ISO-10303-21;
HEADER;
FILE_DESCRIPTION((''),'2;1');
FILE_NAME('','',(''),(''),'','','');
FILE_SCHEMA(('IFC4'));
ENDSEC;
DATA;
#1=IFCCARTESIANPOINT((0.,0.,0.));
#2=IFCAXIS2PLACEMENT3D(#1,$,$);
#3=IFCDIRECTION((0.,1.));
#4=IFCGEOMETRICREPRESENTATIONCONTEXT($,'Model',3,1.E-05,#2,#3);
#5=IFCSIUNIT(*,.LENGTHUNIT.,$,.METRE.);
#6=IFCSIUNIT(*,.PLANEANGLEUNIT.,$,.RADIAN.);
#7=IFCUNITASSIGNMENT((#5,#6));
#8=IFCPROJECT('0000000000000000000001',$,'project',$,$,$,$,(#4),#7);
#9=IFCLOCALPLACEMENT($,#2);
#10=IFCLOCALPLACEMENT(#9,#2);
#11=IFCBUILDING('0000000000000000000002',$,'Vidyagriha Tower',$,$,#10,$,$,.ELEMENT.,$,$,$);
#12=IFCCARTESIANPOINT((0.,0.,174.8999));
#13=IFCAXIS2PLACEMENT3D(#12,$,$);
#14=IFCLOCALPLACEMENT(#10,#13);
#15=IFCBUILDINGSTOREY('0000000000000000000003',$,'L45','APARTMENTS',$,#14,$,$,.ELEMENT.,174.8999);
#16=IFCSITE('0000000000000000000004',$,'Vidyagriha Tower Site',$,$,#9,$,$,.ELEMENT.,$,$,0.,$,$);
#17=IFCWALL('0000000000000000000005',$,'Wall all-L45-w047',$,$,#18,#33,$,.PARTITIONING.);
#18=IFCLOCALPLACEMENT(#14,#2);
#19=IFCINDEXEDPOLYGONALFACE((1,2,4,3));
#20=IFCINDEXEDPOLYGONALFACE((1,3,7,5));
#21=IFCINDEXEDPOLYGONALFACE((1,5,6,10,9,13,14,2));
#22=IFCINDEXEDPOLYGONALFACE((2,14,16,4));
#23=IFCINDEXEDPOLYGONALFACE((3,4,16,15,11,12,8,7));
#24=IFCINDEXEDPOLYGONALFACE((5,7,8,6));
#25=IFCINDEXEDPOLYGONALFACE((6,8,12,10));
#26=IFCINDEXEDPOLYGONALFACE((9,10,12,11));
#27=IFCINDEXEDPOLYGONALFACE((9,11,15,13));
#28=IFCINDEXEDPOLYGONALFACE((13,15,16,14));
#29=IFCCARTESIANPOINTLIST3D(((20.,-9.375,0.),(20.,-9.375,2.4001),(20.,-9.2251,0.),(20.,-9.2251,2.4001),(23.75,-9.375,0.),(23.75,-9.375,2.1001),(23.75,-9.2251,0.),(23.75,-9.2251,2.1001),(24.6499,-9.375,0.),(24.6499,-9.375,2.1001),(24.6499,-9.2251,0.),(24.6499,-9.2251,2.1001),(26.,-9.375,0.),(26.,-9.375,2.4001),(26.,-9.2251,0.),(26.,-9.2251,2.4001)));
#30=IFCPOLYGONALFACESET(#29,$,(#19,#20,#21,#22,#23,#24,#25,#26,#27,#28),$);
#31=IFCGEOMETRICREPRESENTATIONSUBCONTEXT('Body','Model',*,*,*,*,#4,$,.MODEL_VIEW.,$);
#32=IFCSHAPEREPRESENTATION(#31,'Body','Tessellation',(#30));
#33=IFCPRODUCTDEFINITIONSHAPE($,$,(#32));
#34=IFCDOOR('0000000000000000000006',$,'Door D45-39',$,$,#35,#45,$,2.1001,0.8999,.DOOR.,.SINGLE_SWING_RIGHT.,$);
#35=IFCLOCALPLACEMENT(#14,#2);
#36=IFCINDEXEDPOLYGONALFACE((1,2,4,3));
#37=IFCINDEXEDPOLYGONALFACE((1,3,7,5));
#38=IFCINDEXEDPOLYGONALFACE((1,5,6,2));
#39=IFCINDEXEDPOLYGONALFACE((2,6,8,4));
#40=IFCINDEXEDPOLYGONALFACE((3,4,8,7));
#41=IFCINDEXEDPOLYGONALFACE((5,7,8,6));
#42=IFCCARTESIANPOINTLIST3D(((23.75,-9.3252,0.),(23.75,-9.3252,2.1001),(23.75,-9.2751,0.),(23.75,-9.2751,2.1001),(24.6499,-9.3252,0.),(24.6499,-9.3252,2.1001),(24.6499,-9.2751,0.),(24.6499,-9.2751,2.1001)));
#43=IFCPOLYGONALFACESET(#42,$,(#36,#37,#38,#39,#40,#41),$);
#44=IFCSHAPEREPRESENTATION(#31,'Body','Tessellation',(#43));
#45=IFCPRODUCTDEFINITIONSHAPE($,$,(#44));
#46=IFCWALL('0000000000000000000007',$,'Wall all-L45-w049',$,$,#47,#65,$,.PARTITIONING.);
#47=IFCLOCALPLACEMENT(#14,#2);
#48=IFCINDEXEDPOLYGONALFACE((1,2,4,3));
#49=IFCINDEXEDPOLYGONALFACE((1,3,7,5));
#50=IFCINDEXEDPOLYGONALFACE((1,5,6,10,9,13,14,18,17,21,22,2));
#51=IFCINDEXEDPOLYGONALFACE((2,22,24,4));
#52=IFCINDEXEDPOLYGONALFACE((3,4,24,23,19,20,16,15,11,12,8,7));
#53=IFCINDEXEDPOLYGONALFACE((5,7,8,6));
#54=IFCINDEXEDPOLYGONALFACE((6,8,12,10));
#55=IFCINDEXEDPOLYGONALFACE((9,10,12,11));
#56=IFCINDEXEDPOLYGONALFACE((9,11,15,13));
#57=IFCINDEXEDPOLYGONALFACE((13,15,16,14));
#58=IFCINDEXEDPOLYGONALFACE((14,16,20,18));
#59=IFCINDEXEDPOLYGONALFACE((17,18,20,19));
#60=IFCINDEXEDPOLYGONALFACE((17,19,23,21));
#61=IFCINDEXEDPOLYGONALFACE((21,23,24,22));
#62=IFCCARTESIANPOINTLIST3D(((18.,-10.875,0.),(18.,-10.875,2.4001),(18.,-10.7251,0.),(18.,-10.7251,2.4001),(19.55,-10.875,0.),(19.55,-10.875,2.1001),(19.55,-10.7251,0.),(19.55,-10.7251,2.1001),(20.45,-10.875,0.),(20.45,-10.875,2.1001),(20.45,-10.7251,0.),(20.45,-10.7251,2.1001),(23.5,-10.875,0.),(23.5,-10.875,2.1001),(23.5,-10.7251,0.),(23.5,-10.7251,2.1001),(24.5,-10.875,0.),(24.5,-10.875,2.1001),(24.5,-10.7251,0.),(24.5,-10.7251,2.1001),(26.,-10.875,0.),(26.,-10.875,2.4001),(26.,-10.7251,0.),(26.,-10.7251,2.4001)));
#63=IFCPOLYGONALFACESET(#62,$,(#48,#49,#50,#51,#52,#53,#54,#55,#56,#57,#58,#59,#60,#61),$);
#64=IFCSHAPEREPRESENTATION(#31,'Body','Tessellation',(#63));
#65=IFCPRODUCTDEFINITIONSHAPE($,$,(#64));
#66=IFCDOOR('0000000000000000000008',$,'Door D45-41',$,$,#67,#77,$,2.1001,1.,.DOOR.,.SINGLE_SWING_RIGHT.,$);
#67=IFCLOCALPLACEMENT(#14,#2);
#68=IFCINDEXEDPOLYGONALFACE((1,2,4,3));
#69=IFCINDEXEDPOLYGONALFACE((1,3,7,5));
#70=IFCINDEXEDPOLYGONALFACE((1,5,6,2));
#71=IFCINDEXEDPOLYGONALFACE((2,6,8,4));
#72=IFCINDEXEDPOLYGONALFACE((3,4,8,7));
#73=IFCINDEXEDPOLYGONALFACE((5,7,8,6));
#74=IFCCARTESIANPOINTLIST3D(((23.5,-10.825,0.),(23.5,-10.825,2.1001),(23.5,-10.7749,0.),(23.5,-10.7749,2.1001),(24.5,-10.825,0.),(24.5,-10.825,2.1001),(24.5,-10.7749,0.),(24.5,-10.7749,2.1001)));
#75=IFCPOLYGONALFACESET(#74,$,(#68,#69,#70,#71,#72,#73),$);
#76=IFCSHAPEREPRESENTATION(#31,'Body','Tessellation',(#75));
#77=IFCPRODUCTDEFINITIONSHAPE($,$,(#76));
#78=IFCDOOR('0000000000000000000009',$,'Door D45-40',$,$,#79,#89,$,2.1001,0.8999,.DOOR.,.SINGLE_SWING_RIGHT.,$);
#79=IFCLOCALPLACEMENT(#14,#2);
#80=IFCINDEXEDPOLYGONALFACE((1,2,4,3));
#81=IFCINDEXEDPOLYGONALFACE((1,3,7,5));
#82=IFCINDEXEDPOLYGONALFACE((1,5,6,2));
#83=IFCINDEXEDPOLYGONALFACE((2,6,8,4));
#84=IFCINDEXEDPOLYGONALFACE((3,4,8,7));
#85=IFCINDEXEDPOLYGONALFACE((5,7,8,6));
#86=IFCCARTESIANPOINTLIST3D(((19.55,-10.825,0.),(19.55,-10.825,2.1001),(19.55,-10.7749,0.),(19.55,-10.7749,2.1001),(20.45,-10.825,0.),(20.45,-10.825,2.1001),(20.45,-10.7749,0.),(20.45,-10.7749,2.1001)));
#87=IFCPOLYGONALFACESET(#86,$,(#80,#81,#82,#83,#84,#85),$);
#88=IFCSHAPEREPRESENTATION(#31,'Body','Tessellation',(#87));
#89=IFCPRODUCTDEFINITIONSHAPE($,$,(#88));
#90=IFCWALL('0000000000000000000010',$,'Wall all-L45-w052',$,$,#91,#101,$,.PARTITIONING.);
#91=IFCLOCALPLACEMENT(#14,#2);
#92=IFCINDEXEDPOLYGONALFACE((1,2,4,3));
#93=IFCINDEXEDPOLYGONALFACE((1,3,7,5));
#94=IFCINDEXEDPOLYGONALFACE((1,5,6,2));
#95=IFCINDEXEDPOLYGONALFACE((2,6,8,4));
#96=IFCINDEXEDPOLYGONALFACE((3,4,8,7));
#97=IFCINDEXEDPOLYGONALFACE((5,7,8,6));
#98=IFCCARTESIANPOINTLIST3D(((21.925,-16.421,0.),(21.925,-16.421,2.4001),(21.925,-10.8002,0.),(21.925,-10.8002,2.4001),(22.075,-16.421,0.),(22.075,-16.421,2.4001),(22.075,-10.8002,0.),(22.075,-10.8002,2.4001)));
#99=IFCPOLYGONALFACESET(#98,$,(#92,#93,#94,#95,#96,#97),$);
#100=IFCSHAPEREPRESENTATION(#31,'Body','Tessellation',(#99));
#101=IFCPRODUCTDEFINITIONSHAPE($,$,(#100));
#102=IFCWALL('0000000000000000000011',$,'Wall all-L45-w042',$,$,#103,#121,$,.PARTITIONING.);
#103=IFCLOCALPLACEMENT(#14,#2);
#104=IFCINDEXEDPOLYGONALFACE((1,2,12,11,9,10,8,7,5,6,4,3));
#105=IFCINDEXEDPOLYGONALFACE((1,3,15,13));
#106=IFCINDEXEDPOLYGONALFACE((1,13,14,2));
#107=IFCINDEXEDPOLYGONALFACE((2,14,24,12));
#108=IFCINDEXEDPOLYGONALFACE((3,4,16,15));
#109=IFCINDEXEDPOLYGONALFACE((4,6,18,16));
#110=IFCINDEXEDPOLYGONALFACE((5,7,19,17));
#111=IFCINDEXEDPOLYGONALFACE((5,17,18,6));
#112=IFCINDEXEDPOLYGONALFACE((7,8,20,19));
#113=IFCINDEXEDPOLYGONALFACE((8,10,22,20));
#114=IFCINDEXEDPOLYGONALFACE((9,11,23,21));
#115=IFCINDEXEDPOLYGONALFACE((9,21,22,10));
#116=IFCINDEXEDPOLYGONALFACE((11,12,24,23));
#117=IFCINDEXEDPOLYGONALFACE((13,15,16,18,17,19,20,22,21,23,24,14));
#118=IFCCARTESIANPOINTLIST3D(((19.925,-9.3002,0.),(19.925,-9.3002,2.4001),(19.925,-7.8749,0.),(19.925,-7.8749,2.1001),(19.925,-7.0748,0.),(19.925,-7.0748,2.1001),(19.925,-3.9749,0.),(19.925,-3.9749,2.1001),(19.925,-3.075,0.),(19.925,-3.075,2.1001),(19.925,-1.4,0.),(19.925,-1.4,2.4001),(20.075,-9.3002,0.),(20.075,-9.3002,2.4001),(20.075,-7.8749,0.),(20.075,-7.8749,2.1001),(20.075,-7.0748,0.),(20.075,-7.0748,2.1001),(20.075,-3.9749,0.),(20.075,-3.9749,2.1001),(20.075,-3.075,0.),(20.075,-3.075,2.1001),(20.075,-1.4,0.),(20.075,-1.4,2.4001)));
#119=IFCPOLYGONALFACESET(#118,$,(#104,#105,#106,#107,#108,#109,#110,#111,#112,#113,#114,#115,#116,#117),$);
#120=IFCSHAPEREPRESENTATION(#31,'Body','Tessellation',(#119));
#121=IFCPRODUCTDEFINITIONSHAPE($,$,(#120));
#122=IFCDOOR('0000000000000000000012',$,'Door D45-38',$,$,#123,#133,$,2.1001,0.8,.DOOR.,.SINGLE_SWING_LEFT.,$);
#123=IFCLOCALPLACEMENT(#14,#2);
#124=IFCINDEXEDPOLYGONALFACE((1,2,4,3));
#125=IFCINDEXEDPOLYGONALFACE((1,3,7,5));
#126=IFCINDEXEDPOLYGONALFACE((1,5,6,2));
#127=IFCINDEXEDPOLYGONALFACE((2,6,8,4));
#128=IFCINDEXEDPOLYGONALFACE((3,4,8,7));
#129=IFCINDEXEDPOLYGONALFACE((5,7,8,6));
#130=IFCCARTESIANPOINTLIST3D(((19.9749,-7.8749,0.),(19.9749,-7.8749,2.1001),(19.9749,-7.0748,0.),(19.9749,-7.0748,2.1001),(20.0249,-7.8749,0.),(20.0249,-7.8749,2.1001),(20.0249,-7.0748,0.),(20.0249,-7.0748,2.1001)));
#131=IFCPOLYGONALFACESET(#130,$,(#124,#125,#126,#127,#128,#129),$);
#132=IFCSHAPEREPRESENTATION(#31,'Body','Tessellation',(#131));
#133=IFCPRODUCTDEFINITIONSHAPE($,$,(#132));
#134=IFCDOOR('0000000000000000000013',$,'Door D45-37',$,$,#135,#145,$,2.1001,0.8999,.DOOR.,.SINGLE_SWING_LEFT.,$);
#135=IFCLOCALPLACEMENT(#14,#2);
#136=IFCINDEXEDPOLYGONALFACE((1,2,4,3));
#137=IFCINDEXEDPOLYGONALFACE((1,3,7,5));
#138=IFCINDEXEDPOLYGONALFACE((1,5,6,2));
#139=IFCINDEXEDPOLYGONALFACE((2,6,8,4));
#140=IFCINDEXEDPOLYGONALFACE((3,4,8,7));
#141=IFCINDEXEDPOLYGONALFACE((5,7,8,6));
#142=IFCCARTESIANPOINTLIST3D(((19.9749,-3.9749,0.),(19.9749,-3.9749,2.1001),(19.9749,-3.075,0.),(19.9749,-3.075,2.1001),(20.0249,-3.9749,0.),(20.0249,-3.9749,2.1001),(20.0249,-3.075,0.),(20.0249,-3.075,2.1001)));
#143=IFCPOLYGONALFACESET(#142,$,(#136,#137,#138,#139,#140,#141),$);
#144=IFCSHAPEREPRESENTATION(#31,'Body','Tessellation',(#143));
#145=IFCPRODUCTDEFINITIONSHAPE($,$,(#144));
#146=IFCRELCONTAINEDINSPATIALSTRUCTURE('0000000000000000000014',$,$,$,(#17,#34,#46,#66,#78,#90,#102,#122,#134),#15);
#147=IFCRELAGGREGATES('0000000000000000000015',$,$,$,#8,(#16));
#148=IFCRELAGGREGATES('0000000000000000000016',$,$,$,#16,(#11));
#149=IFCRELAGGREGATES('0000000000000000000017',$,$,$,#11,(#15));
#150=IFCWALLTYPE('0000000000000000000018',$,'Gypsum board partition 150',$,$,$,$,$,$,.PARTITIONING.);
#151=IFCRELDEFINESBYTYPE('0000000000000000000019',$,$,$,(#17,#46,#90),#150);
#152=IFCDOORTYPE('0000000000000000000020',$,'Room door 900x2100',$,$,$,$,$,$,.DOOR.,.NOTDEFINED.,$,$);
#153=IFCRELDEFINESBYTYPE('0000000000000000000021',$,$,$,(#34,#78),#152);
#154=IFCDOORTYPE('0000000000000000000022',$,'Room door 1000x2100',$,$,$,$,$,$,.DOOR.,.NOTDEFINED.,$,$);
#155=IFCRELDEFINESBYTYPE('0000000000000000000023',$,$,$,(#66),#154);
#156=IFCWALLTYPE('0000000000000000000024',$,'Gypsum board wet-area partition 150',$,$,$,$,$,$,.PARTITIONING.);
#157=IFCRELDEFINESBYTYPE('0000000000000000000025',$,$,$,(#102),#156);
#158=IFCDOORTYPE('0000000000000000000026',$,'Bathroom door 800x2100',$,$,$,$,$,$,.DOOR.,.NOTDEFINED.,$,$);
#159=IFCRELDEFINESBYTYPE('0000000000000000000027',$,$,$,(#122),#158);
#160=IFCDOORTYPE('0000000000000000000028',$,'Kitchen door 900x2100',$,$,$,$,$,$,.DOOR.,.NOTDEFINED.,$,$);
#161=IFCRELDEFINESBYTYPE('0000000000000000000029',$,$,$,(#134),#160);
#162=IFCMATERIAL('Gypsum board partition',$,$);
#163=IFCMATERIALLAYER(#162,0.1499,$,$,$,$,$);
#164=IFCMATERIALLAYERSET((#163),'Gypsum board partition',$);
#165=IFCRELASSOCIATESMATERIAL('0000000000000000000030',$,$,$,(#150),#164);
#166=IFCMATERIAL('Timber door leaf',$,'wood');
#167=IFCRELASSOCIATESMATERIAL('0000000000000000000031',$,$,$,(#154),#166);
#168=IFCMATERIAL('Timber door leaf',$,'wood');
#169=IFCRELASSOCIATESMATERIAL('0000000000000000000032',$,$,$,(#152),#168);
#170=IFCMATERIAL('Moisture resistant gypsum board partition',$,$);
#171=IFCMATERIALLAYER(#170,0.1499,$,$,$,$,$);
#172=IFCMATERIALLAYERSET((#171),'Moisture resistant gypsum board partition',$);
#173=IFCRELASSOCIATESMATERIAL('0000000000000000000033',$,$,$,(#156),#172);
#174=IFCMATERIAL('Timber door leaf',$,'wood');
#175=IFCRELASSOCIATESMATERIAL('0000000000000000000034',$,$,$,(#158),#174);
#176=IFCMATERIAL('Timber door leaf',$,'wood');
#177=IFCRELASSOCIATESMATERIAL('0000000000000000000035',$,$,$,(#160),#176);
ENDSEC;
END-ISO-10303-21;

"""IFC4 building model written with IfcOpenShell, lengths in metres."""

from ifc_helpers import new_model, si_unit, direction, frame, frame_2d, origin, place, context, subcontext, project, spatial, rectangle, extrude, material, layer, layer_set, type_object, element, fill, save


model = new_model("IFC4")

# Units and contexts
model_context = context("Model", 3, precision=1e-05, world=origin(), true_north=direction((0.0, 1.0)))
body_context = subcontext(model_context, "Body", "Model", "MODEL_VIEW")
ifc_project = project(units=[si_unit("LENGTHUNIT", "METRE"), si_unit("PLANEANGLEUNIT", "RADIAN")], contexts=[model_context])

# Site, building, storey
site_placement = place(None, origin())
site = spatial("IfcSite", under=ifc_project, at=site_placement, Name="Vidyagriha Tower Site", CompositionType="ELEMENT", RefElevation=0.0)
building_placement = place(site_placement, origin())
building = spatial("IfcBuilding", under=site, at=building_placement, Name="Vidyagriha Tower", CompositionType="ELEMENT")
storey_placement = place(building_placement, frame((0.0, 0.0, 174.8999)))
storey = spatial("IfcBuildingStorey", under=building, at=storey_placement, Name="L45", Description="APARTMENTS", CompositionType="ELEMENT", Elevation=174.8999)

# Shared definitions
ifc_material_1 = material(Name="Gypsum board partition")
ifc_layer_1 = layer(ifc_material_1, 0.1499)
ifc_layer_set_1 = layer_set([ifc_layer_1], Name="Gypsum board partition")
wall_type_1 = type_object("IfcWallType", Name="Gypsum board partition 150", PredefinedType="PARTITIONING", material=ifc_layer_set_1)
ifc_material_2 = material(Name="Timber door leaf", Category="wood")
door_type_1 = type_object("IfcDoorType", Name="Room door 1000x2100", OperationType="NOTDEFINED", PredefinedType="DOOR", material=ifc_material_2)
ifc_material_3 = material(Name="Timber door leaf", Category="wood")
door_type_2 = type_object("IfcDoorType", Name="Room door 900x2100", OperationType="NOTDEFINED", PredefinedType="DOOR", material=ifc_material_3)

# Wall, opening, door
wall_1_placement = place(storey_placement, frame((20.0, -9.3, 0.0)))
wall_1 = element("IfcWall", 1, at=wall_1_placement, inside=storey, type_object=wall_type_1, Name="Wall all-L45-w047", PredefinedType="PARTITIONING", context=body_context, shape_type="SweptSolid", body=[
    extrude(rectangle(XDim=6.0, YDim=0.1499, at=frame_2d((3.0, 0.0))), origin(), (0.0, 0.0, 1.0), 2.4001),
])
opening_1_placement = place(wall_1_placement, frame((3.75, 0.0, 0.0)))
opening_1 = element("IfcOpeningElement", 2, at=opening_1_placement, cuts=wall_1, PredefinedType="OPENING", context=body_context, shape_type="SweptSolid", body=[
    extrude(rectangle(XDim=0.8999, YDim=2.1001, at=frame_2d((0.45, 1.05))), frame((0.0, 0.085, 0.0), z_axis=(0.0, -1.0, 0.0), x_axis=(1.0, 0.0, 0.0)), (0.0, 0.0, 1.0), 0.1699),
])
door_1_placement = place(opening_1_placement, origin())
door_1 = element("IfcDoor", 3, at=door_1_placement, inside=storey, type_object=door_type_2, Name="Door D45-39", OperationType="SINGLE_SWING_RIGHT", OverallHeight=2.1001, OverallWidth=0.8999, PredefinedType="DOOR", context=body_context, shape_type="SweptSolid", body=[
    extrude(rectangle(XDim=0.8999, YDim=2.1001, at=frame_2d((0.45, 1.05))), frame((0.0, 0.0249, 0.0), z_axis=(0.0, -1.0, 0.0), x_axis=(1.0, 0.0, 0.0)), (0.0, 0.0, 1.0), 0.05),
])
fill(opening_1, door_1)

# Wall, openings, doors
wall_2_placement = place(storey_placement, frame((26.0, -10.8, 0.0), z_axis=(0.0, 0.0, 1.0), x_axis=(-1.0, 0.0, 0.0)))
wall_2 = element("IfcWall", 4, at=wall_2_placement, inside=storey, type_object=wall_type_1, Name="Wall all-L45-w049", PredefinedType="PARTITIONING", context=body_context, shape_type="SweptSolid", body=[
    extrude(rectangle(XDim=8.0, YDim=0.1499, at=frame_2d((4.0, 0.0))), origin(), (0.0, 0.0, 1.0), 2.4001),
])
opening_2_placement = place(wall_2_placement, frame((5.55, 0.0, 0.0)))
opening_2 = element("IfcOpeningElement", 5, at=opening_2_placement, cuts=wall_2, PredefinedType="OPENING", context=body_context, shape_type="SweptSolid", body=[
    extrude(rectangle(XDim=0.8999, YDim=2.1001, at=frame_2d((0.45, 1.05))), frame((0.0, 0.085, 0.0), z_axis=(0.0, -1.0, 0.0), x_axis=(1.0, 0.0, 0.0)), (0.0, 0.0, 1.0), 0.1699),
])
opening_3_placement = place(wall_2_placement, frame((1.5, 0.0, 0.0)))
opening_3 = element("IfcOpeningElement", 6, at=opening_3_placement, cuts=wall_2, PredefinedType="OPENING", context=body_context, shape_type="SweptSolid", body=[
    extrude(rectangle(XDim=1.0, YDim=2.1001, at=frame_2d((0.5, 1.05))), frame((0.0, 0.085, 0.0), z_axis=(0.0, -1.0, 0.0), x_axis=(1.0, 0.0, 0.0)), (0.0, 0.0, 1.0), 0.1699),
])
door_2_placement = place(opening_3_placement, origin())
door_2 = element("IfcDoor", 7, at=door_2_placement, inside=storey, type_object=door_type_1, Name="Door D45-41", OperationType="SINGLE_SWING_RIGHT", OverallHeight=2.1001, OverallWidth=1.0, PredefinedType="DOOR", context=body_context, shape_type="SweptSolid", body=[
    extrude(rectangle(XDim=1.0, YDim=2.1001, at=frame_2d((0.5, 1.05))), frame((0.0, 0.0249, 0.0), z_axis=(0.0, -1.0, 0.0), x_axis=(1.0, 0.0, 0.0)), (0.0, 0.0, 1.0), 0.05),
])
fill(opening_3, door_2)
door_3_placement = place(opening_2_placement, origin())
door_3 = element("IfcDoor", 8, at=door_3_placement, inside=storey, type_object=door_type_2, Name="Door D45-40", OperationType="SINGLE_SWING_RIGHT", OverallHeight=2.1001, OverallWidth=0.8999, PredefinedType="DOOR", context=body_context, shape_type="SweptSolid", body=[
    extrude(rectangle(XDim=0.8999, YDim=2.1001, at=frame_2d((0.45, 1.05))), frame((0.0, 0.0249, 0.0), z_axis=(0.0, -1.0, 0.0), x_axis=(1.0, 0.0, 0.0)), (0.0, 0.0, 1.0), 0.05),
])
fill(opening_2, door_3)

# Wall
wall_3_placement = place(storey_placement, frame((22.0, -10.8, 0.0), z_axis=(0.0, 0.0, 1.0), x_axis=(0.0, -1.0, 0.0)))
element("IfcWall", 9, at=wall_3_placement, inside=storey, type_object=wall_type_1, Name="Wall all-L45-w052", PredefinedType="PARTITIONING", context=body_context, shape_type="SweptSolid", body=[
    extrude(rectangle(XDim=5.6208, YDim=0.1499, at=frame_2d((2.8105, 0.0))), origin(), (0.0, 0.0, 1.0), 2.4001),
])

# Wall, openings, doors
ifc_material_4 = material(Name="Moisture resistant gypsum board partition")
ifc_layer_2 = layer(ifc_material_4, 0.1499)
ifc_layer_set_2 = layer_set([ifc_layer_2], Name="Moisture resistant gypsum board partition")
wall_type_2 = type_object("IfcWallType", Name="Gypsum board wet-area partition 150", PredefinedType="PARTITIONING", material=ifc_layer_set_2)
wall_4_placement = place(storey_placement, frame((20.0, -1.3999, 0.0), z_axis=(0.0, 0.0, 1.0), x_axis=(0.0, -1.0, 0.0)))
wall_4 = element("IfcWall", 10, at=wall_4_placement, inside=storey, type_object=wall_type_2, Name="Wall all-L45-w042", PredefinedType="PARTITIONING", context=body_context, shape_type="SweptSolid", body=[
    extrude(rectangle(XDim=7.9001, YDim=0.1499, at=frame_2d((3.9502, 0.0))), origin(), (0.0, 0.0, 1.0), 2.4001),
])
opening_4_placement = place(wall_4_placement, frame((1.675, 0.0, 0.0)))
opening_4 = element("IfcOpeningElement", 11, at=opening_4_placement, cuts=wall_4, PredefinedType="OPENING", context=body_context, shape_type="SweptSolid", body=[
    extrude(rectangle(XDim=0.8999, YDim=2.1001, at=frame_2d((0.45, 1.05))), frame((0.0, 0.085, 0.0), z_axis=(0.0, -1.0, 0.0), x_axis=(1.0, 0.0, 0.0)), (0.0, 0.0, 1.0), 0.1699),
])
opening_5_placement = place(wall_4_placement, frame((5.675, 0.0, 0.0)))
opening_5 = element("IfcOpeningElement", 12, at=opening_5_placement, cuts=wall_4, PredefinedType="OPENING", context=body_context, shape_type="SweptSolid", body=[
    extrude(rectangle(XDim=0.8, YDim=2.1001, at=frame_2d((0.3999, 1.05))), frame((0.0, 0.085, 0.0), z_axis=(0.0, -1.0, 0.0), x_axis=(1.0, 0.0, 0.0)), (0.0, 0.0, 1.0), 0.1699),
])
ifc_material_5 = material(Name="Timber door leaf", Category="wood")
door_type_3 = type_object("IfcDoorType", Name="Bathroom door 800x2100", OperationType="NOTDEFINED", PredefinedType="DOOR", material=ifc_material_5)
door_4_placement = place(opening_5_placement, origin())
door_4 = element("IfcDoor", 13, at=door_4_placement, inside=storey, type_object=door_type_3, Name="Door D45-38", OperationType="SINGLE_SWING_LEFT", OverallHeight=2.1001, OverallWidth=0.8, PredefinedType="DOOR", context=body_context, shape_type="SweptSolid", body=[
    extrude(rectangle(XDim=0.8, YDim=2.1001, at=frame_2d((0.3999, 1.05))), frame((0.0, 0.0249, 0.0), z_axis=(0.0, -1.0, 0.0), x_axis=(1.0, 0.0, 0.0)), (0.0, 0.0, 1.0), 0.05),
])
fill(opening_5, door_4)
ifc_material_6 = material(Name="Timber door leaf", Category="wood")
door_type_4 = type_object("IfcDoorType", Name="Kitchen door 900x2100", OperationType="NOTDEFINED", PredefinedType="DOOR", material=ifc_material_6)
door_5_placement = place(opening_4_placement, origin())
door_5 = element("IfcDoor", 14, at=door_5_placement, inside=storey, type_object=door_type_4, Name="Door D45-37", OperationType="SINGLE_SWING_LEFT", OverallHeight=2.1001, OverallWidth=0.8999, PredefinedType="DOOR", context=body_context, shape_type="SweptSolid", body=[
    extrude(rectangle(XDim=0.8999, YDim=2.1001, at=frame_2d((0.45, 1.05))), frame((0.0, 0.0249, 0.0), z_axis=(0.0, -1.0, 0.0), x_axis=(1.0, 0.0, 0.0)), (0.0, 0.0, 1.0), 0.05),
])
fill(opening_4, door_5)

save(model, "model.ifc")
